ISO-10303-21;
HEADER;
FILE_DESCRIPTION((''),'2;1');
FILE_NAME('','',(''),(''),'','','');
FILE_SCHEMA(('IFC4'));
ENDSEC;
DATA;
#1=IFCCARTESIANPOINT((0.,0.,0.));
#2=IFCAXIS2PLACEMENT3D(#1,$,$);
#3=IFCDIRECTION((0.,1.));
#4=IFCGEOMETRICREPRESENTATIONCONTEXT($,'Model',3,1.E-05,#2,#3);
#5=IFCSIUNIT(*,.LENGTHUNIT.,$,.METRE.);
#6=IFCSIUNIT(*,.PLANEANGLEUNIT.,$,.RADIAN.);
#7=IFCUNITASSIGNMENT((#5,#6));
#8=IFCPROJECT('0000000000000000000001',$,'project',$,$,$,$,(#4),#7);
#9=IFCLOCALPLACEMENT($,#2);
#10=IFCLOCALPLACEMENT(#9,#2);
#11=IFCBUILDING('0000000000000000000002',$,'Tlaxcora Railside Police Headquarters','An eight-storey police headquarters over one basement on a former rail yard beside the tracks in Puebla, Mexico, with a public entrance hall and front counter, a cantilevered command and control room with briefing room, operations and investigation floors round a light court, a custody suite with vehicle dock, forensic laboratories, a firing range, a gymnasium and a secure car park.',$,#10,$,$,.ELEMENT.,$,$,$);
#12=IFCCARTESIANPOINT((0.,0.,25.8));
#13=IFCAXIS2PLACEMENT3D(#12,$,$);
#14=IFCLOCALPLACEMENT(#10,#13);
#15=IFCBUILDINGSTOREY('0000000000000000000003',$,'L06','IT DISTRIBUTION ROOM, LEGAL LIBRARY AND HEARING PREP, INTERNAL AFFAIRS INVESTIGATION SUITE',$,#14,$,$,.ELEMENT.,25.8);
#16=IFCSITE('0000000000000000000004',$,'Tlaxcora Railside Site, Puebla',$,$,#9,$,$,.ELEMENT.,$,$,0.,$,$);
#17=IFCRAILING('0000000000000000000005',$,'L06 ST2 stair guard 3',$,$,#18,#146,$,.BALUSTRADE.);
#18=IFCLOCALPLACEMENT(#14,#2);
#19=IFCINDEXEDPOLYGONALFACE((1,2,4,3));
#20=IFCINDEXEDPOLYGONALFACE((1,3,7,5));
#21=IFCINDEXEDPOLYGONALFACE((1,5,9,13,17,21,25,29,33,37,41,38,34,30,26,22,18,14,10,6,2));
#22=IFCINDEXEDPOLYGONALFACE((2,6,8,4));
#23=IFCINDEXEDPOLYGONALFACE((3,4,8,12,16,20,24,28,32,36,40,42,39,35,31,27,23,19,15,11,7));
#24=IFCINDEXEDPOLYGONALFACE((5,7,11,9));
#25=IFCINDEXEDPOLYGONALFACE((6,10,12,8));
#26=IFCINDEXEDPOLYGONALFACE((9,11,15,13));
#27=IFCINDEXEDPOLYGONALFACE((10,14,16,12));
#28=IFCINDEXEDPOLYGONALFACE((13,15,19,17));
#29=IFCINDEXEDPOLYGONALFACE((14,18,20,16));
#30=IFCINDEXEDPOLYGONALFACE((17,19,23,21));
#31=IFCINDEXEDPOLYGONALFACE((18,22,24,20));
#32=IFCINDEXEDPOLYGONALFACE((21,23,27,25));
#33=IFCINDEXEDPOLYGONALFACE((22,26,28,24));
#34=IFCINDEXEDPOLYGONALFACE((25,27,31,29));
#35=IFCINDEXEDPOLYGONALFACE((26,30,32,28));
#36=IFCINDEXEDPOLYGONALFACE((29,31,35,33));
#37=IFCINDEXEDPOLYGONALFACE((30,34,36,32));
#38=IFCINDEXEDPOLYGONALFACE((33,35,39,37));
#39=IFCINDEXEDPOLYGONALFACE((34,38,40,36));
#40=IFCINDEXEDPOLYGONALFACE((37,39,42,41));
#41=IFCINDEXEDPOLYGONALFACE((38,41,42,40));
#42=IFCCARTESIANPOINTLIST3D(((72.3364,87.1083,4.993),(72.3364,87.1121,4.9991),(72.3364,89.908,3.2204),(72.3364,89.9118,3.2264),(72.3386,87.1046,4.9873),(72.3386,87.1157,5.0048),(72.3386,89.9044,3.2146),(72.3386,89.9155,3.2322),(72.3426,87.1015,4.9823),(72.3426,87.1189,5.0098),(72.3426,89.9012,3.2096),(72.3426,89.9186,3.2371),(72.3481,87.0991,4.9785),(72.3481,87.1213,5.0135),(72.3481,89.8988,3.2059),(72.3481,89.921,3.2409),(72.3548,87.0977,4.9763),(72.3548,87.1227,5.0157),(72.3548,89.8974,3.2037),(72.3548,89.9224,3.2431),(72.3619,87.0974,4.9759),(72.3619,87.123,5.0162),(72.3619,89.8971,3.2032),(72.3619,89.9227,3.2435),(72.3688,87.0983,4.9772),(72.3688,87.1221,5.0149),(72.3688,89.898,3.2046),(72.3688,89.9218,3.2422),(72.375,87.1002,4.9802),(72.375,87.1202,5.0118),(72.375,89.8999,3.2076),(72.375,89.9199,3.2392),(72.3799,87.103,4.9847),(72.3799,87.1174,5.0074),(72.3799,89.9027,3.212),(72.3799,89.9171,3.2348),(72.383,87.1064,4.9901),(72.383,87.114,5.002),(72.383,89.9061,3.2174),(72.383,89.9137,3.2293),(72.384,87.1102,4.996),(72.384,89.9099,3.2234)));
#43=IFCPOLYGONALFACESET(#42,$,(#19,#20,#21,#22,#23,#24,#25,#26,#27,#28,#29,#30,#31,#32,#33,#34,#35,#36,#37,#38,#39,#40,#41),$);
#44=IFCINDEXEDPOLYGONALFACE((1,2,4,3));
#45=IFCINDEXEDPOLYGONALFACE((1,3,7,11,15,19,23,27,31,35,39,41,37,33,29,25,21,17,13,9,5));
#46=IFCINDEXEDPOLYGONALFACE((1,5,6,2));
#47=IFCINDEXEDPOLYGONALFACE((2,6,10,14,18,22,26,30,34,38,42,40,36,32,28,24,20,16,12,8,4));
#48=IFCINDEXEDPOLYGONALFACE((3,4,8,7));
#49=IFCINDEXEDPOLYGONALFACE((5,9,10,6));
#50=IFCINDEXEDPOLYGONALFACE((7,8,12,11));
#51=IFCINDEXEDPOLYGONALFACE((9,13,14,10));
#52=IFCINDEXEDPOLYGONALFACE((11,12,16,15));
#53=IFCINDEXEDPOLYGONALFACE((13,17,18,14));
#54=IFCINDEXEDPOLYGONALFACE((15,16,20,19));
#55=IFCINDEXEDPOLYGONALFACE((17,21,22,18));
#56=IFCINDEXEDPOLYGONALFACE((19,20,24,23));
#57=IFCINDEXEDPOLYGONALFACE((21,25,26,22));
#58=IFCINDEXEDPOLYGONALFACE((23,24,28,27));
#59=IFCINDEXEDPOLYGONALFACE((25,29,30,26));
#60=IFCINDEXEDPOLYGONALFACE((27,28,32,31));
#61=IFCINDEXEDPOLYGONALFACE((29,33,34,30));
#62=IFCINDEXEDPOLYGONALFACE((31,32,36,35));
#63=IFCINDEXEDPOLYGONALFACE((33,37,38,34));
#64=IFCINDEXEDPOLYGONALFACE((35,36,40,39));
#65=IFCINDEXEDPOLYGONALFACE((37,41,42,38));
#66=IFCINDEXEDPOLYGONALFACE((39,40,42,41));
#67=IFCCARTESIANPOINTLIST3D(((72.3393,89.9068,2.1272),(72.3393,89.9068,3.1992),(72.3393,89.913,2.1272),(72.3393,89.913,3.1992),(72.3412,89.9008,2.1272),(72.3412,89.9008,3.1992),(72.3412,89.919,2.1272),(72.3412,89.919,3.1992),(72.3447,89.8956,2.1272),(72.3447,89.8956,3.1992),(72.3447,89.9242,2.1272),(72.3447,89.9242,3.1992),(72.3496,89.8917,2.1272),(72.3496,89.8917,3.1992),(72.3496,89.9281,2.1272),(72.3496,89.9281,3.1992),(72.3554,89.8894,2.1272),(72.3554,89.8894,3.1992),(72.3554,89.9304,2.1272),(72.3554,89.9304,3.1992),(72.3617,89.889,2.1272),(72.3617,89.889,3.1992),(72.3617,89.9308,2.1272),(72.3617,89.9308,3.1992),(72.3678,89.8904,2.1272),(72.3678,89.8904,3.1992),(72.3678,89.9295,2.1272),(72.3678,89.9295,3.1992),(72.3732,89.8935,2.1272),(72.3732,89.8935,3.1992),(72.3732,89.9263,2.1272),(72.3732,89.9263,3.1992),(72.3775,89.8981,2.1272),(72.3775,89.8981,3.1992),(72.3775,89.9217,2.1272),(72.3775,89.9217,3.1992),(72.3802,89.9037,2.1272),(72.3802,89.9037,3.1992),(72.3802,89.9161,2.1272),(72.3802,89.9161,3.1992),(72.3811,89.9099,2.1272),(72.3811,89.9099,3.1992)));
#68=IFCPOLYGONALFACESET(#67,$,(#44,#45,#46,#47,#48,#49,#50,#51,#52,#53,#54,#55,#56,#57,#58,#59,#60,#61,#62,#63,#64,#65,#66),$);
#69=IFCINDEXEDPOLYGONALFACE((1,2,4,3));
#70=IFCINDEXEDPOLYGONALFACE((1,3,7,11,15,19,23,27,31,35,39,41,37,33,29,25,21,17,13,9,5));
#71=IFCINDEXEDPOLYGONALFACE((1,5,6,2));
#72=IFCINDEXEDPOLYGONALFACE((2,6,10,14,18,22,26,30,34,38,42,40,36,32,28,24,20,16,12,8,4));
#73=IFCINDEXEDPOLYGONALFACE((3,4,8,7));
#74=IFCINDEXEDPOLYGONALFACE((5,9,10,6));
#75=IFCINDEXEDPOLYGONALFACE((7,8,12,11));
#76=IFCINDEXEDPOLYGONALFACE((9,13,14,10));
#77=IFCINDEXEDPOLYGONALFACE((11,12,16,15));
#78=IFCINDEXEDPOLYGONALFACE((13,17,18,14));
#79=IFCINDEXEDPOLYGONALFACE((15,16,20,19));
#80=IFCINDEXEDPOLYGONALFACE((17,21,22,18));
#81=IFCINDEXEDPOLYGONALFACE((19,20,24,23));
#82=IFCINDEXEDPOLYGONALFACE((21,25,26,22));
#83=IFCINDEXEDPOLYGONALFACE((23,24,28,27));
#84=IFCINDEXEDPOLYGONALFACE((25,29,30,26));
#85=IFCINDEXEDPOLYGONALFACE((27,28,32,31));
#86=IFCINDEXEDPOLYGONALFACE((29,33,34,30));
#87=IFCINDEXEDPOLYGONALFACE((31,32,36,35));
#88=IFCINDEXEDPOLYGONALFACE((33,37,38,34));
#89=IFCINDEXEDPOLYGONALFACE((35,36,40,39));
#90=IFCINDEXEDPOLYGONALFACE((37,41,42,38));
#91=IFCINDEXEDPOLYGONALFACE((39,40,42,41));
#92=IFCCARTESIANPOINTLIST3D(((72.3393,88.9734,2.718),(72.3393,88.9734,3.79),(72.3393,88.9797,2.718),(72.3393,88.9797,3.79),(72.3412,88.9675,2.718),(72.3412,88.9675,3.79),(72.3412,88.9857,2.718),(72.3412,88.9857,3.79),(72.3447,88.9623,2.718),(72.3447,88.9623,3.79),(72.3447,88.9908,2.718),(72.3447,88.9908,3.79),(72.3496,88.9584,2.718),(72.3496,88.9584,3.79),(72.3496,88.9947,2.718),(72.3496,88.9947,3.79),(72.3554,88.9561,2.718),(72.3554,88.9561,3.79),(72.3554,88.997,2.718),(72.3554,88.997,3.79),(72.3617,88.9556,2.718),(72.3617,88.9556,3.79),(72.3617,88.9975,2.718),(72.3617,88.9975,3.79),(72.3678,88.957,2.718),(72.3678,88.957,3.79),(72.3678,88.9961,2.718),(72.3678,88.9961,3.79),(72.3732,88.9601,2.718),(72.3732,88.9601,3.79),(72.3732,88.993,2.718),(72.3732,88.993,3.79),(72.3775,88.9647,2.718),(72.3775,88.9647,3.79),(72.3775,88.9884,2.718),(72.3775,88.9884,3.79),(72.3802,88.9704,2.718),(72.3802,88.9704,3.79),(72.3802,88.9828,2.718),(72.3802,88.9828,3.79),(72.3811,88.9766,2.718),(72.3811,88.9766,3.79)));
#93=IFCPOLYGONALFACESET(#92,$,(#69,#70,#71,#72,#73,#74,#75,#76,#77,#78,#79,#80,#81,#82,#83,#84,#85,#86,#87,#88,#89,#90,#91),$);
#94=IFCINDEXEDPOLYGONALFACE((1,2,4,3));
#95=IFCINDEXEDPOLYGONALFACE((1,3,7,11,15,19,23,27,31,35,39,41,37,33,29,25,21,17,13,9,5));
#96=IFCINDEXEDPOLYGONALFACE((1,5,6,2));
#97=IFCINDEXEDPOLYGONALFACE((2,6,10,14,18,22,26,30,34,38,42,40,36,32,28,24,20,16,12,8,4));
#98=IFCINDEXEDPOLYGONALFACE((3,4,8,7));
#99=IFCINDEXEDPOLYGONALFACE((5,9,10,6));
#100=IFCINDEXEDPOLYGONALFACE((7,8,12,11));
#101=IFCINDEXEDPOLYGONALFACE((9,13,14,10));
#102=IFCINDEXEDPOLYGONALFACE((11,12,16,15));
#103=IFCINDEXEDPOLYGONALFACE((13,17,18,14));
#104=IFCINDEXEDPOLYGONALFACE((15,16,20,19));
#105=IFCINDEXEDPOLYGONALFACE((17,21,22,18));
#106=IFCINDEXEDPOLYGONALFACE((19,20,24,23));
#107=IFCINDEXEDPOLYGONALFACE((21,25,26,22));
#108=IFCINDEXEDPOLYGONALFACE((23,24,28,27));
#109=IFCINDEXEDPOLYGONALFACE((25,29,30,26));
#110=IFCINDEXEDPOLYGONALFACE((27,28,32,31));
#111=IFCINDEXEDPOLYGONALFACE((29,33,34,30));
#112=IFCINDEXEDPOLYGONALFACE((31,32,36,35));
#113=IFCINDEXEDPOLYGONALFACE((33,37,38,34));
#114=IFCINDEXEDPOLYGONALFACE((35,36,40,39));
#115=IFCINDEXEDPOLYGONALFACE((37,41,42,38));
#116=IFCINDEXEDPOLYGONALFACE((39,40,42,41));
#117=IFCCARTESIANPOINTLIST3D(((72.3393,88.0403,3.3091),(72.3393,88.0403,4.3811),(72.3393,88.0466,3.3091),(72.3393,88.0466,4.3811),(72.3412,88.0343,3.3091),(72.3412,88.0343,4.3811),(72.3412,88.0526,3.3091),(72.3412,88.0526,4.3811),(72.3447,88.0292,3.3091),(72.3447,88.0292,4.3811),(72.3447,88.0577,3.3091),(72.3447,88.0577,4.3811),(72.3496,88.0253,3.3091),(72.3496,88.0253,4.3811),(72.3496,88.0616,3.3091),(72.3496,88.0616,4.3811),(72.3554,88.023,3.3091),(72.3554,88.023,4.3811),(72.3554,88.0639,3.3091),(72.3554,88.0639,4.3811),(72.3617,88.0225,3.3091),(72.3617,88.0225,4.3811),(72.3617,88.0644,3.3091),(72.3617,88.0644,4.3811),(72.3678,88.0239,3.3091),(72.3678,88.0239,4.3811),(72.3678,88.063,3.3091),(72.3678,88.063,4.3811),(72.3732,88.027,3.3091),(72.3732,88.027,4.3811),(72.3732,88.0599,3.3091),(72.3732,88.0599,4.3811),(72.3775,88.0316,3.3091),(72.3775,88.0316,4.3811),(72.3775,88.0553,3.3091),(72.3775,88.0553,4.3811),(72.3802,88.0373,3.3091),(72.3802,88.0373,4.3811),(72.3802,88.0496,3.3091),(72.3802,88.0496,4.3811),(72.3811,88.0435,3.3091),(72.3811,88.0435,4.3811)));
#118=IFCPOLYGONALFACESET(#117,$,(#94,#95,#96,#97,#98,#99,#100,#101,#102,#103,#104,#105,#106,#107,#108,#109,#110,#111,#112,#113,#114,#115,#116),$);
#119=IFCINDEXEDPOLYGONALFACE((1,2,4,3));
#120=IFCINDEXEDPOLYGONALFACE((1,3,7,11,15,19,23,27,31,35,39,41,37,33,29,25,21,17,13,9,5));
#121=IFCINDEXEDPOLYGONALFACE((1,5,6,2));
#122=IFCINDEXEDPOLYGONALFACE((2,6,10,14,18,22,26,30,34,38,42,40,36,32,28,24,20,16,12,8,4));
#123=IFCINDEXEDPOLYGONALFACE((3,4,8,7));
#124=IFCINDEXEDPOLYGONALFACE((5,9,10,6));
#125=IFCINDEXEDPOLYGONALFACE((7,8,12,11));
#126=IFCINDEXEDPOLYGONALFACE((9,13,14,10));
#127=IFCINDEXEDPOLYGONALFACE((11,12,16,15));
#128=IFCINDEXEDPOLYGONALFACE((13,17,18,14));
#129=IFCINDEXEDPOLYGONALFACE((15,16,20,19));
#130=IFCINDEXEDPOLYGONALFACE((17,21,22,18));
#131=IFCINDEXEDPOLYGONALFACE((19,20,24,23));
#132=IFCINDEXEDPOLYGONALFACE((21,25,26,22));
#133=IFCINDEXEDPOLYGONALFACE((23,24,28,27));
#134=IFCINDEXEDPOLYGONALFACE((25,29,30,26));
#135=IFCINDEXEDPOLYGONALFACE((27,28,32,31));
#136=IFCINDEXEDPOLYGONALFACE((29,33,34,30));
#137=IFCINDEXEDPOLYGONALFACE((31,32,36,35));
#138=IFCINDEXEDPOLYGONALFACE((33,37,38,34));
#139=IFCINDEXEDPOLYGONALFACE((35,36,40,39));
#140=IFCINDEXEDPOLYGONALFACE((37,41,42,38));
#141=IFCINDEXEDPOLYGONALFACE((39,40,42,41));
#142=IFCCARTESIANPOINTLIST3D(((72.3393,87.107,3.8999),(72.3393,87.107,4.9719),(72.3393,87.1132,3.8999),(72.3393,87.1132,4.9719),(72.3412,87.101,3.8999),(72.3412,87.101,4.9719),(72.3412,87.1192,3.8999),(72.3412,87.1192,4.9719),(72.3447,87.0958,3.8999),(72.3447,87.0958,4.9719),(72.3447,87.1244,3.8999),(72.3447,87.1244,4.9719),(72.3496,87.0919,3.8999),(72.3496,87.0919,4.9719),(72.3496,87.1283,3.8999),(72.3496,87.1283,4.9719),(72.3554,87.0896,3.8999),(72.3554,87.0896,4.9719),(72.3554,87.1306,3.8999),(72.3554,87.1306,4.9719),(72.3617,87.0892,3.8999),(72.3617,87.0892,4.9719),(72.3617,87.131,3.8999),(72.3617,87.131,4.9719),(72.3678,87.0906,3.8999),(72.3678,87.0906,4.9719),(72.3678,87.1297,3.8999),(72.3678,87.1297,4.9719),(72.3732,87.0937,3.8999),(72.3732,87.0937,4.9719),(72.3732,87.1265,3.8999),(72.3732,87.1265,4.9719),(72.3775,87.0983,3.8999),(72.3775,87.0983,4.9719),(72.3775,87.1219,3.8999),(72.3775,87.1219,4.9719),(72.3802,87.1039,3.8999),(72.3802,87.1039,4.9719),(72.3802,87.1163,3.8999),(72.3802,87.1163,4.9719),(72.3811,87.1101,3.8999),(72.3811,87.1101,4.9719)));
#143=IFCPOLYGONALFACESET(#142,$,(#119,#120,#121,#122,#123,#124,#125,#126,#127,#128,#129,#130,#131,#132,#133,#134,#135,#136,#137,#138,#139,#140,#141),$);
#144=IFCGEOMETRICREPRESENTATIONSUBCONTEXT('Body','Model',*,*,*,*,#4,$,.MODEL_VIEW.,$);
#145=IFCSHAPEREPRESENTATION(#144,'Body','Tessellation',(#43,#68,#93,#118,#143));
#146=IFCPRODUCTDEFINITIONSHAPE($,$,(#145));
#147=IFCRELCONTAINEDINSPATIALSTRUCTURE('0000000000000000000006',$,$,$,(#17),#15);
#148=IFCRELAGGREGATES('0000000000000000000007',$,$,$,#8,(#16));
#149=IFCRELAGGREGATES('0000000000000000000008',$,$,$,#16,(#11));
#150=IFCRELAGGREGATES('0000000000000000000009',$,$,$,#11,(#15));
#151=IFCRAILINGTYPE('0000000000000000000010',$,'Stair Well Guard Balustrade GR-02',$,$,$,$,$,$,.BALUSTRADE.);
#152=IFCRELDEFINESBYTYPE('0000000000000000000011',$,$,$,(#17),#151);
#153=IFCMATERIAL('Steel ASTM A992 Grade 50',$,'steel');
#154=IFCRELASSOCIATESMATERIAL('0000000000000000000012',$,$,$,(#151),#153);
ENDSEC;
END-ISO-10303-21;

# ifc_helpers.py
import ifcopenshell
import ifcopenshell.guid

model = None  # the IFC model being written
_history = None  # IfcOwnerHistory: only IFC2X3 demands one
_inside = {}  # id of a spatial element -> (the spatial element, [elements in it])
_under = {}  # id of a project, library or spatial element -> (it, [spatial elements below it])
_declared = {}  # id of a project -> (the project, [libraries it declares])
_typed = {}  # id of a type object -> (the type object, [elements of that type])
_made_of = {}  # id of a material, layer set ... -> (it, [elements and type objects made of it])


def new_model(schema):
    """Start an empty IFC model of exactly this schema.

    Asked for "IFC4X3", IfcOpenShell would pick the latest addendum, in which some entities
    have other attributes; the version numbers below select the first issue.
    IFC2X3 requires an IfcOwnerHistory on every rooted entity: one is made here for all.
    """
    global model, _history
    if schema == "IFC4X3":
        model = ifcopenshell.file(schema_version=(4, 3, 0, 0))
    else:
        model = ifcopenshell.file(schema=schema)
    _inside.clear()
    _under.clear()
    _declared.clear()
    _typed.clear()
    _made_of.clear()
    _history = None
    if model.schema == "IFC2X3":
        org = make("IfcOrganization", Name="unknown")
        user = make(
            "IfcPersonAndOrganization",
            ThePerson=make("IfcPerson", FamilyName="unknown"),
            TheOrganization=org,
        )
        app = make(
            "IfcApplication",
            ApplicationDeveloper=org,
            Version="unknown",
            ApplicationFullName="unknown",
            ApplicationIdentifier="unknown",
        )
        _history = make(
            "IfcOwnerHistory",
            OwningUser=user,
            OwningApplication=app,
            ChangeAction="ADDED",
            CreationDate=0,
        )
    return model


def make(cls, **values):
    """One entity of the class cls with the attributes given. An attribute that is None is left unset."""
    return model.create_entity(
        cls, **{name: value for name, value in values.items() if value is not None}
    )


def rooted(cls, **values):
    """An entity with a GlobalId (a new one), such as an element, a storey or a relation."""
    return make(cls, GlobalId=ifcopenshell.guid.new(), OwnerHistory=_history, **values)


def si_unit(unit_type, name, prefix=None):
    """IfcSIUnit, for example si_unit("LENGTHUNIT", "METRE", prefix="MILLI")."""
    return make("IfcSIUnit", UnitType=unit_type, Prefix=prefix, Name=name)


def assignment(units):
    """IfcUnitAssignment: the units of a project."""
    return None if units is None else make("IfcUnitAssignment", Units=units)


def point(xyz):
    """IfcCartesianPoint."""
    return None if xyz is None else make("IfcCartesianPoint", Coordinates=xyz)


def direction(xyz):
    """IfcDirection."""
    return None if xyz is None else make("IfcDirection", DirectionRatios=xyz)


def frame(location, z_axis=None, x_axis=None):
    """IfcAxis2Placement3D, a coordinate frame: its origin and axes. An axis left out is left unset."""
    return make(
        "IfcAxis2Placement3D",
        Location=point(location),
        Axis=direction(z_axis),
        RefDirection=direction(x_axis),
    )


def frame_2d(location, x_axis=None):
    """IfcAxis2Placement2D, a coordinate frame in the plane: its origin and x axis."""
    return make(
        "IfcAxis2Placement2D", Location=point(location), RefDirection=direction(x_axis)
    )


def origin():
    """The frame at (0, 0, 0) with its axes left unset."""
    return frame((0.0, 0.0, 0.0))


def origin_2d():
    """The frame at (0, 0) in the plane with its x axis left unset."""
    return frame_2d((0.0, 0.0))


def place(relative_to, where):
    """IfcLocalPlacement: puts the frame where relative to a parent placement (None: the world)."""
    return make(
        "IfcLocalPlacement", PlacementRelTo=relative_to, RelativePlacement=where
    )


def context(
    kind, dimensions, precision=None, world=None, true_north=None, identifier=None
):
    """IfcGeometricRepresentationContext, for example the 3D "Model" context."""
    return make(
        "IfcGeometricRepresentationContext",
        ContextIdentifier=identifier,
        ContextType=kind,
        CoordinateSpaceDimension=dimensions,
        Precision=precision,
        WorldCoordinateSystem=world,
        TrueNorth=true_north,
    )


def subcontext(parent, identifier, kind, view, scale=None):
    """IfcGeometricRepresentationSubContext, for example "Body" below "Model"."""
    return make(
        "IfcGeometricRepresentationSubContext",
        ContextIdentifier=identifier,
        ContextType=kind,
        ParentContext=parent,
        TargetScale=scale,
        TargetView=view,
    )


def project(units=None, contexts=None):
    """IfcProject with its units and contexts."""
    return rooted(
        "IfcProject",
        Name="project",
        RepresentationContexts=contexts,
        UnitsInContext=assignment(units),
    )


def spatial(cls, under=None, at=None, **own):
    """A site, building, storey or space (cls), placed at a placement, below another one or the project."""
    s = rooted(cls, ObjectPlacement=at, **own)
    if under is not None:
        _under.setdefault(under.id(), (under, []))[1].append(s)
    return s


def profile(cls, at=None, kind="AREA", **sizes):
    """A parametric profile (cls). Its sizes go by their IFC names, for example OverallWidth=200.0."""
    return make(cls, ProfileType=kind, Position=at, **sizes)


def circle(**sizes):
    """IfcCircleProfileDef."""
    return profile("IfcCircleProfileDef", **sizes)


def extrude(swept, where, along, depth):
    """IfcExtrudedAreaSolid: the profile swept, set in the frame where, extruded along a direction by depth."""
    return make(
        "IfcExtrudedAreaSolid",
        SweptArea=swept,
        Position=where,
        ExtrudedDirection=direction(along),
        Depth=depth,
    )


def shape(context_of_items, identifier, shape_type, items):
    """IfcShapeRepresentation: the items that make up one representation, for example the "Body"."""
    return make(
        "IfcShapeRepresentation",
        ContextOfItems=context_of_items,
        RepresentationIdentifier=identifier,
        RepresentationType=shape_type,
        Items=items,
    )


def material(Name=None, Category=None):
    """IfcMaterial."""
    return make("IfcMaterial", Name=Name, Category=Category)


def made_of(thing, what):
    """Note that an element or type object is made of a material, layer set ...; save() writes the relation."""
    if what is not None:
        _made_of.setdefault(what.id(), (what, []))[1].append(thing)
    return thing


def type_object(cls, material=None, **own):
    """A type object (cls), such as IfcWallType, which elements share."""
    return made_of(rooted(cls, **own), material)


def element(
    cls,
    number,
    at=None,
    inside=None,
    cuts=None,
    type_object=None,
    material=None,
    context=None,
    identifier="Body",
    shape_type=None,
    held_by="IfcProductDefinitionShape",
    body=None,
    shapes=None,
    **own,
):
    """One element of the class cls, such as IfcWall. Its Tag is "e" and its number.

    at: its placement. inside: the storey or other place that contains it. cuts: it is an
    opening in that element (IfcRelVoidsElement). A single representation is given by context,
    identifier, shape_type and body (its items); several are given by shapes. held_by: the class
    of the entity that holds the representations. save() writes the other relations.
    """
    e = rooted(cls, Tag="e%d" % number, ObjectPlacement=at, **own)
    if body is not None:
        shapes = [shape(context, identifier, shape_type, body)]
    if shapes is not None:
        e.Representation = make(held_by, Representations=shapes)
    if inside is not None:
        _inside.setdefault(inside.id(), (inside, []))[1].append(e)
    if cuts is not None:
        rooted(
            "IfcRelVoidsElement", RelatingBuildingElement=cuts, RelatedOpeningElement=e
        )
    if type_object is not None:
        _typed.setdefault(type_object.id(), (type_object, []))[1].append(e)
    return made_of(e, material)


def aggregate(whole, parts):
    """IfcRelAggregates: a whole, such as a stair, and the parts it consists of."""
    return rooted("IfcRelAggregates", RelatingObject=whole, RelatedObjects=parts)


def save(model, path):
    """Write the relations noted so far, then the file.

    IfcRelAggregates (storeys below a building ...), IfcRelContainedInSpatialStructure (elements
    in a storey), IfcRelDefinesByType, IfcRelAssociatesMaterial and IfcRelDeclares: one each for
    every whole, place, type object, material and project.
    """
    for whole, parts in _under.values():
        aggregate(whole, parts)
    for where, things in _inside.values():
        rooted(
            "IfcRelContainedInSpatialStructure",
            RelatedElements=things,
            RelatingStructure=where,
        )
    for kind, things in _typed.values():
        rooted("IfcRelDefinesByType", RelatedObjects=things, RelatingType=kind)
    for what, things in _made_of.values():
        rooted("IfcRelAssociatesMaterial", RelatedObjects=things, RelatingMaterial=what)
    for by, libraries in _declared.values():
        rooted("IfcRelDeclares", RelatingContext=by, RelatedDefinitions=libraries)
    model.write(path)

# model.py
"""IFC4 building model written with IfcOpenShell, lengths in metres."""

from ifc_helpers import new_model, si_unit, direction, frame, origin, origin_2d, place, context, subcontext, project, spatial, circle, extrude, material, type_object, element, save


model = new_model("IFC4")

# Units and contexts
model_context = context("Model", 3, precision=1e-05, world=origin(), true_north=direction((0.0, 1.0)))
body_context = subcontext(model_context, "Body", "Model", "MODEL_VIEW")
ifc_project = project(units=[si_unit("LENGTHUNIT", "METRE"), si_unit("PLANEANGLEUNIT", "RADIAN")], contexts=[model_context])

# Site, building, storey
site_placement = place(None, origin())
site = spatial("IfcSite", under=ifc_project, at=site_placement, Name="Tlaxcora Railside Site, Puebla", CompositionType="ELEMENT", RefElevation=0.0)
building_placement = place(site_placement, origin())
building = spatial("IfcBuilding", under=site, at=building_placement, Name="Tlaxcora Railside Police Headquarters", Description="An eight-storey police headquarters over one basement on a former rail yard beside the tracks in Puebla, Mexico, with a public entrance hall and front counter, a cantilevered command and control room with briefing room, operations and investigation floors round a light court, a custody suite with vehicle dock, forensic laboratories, a firing range, a gymnasium and a secure car park.", CompositionType="ELEMENT")
storey_placement = place(building_placement, frame((0.0, 0.0, 25.8)))
storey = spatial("IfcBuildingStorey", under=building, at=storey_placement, Name="L06", Description="IT DISTRIBUTION ROOM, LEGAL LIBRARY AND HEARING PREP, INTERNAL AFFAIRS INVESTIGATION SUITE", CompositionType="ELEMENT", Elevation=25.8)

# Shared definitions
ifc_material_1 = material(Name="Steel ASTM A992 Grade 50", Category="steel")

# Railing
railing_type_1 = type_object("IfcRailingType", Name="Stair Well Guard Balustrade GR-02", PredefinedType="BALUSTRADE", material=ifc_material_1)
railing_1_placement = place(storey_placement, frame((72.3601, 89.9099, 2.1272)))
element("IfcRailing", 1, at=railing_1_placement, inside=storey, type_object=railing_type_1, Name="L06 ST2 stair guard 3", PredefinedType="BALUSTRADE", context=body_context, shape_type="SweptSolid", body=[
    extrude(circle(Radius=0.0239, at=origin_2d()), frame((0.0, 0.0, 1.0962), z_axis=(0.0, -0.844888, 0.534943), x_axis=(1.0, 0.0, 0.0)), (0.0, 0.0, 1.0), 3.3137),
    extrude(circle(Radius=0.021, at=origin_2d()), origin(), (0.0, 0.0, 1.0), 1.072),
    extrude(circle(Radius=0.021, at=origin_2d()), frame((0.0, -0.9333, 0.5908)), (0.0, 0.0, 1.0), 1.072),
    extrude(circle(Radius=0.021, at=origin_2d()), frame((0.0, -1.8665, 1.1819)), (0.0, 0.0, 1.0), 1.072),
    extrude(circle(Radius=0.021, at=origin_2d()), frame((0.0, -2.7998, 1.7727)), (0.0, 0.0, 1.0), 1.072),
])

save(model, "model.ifc")
